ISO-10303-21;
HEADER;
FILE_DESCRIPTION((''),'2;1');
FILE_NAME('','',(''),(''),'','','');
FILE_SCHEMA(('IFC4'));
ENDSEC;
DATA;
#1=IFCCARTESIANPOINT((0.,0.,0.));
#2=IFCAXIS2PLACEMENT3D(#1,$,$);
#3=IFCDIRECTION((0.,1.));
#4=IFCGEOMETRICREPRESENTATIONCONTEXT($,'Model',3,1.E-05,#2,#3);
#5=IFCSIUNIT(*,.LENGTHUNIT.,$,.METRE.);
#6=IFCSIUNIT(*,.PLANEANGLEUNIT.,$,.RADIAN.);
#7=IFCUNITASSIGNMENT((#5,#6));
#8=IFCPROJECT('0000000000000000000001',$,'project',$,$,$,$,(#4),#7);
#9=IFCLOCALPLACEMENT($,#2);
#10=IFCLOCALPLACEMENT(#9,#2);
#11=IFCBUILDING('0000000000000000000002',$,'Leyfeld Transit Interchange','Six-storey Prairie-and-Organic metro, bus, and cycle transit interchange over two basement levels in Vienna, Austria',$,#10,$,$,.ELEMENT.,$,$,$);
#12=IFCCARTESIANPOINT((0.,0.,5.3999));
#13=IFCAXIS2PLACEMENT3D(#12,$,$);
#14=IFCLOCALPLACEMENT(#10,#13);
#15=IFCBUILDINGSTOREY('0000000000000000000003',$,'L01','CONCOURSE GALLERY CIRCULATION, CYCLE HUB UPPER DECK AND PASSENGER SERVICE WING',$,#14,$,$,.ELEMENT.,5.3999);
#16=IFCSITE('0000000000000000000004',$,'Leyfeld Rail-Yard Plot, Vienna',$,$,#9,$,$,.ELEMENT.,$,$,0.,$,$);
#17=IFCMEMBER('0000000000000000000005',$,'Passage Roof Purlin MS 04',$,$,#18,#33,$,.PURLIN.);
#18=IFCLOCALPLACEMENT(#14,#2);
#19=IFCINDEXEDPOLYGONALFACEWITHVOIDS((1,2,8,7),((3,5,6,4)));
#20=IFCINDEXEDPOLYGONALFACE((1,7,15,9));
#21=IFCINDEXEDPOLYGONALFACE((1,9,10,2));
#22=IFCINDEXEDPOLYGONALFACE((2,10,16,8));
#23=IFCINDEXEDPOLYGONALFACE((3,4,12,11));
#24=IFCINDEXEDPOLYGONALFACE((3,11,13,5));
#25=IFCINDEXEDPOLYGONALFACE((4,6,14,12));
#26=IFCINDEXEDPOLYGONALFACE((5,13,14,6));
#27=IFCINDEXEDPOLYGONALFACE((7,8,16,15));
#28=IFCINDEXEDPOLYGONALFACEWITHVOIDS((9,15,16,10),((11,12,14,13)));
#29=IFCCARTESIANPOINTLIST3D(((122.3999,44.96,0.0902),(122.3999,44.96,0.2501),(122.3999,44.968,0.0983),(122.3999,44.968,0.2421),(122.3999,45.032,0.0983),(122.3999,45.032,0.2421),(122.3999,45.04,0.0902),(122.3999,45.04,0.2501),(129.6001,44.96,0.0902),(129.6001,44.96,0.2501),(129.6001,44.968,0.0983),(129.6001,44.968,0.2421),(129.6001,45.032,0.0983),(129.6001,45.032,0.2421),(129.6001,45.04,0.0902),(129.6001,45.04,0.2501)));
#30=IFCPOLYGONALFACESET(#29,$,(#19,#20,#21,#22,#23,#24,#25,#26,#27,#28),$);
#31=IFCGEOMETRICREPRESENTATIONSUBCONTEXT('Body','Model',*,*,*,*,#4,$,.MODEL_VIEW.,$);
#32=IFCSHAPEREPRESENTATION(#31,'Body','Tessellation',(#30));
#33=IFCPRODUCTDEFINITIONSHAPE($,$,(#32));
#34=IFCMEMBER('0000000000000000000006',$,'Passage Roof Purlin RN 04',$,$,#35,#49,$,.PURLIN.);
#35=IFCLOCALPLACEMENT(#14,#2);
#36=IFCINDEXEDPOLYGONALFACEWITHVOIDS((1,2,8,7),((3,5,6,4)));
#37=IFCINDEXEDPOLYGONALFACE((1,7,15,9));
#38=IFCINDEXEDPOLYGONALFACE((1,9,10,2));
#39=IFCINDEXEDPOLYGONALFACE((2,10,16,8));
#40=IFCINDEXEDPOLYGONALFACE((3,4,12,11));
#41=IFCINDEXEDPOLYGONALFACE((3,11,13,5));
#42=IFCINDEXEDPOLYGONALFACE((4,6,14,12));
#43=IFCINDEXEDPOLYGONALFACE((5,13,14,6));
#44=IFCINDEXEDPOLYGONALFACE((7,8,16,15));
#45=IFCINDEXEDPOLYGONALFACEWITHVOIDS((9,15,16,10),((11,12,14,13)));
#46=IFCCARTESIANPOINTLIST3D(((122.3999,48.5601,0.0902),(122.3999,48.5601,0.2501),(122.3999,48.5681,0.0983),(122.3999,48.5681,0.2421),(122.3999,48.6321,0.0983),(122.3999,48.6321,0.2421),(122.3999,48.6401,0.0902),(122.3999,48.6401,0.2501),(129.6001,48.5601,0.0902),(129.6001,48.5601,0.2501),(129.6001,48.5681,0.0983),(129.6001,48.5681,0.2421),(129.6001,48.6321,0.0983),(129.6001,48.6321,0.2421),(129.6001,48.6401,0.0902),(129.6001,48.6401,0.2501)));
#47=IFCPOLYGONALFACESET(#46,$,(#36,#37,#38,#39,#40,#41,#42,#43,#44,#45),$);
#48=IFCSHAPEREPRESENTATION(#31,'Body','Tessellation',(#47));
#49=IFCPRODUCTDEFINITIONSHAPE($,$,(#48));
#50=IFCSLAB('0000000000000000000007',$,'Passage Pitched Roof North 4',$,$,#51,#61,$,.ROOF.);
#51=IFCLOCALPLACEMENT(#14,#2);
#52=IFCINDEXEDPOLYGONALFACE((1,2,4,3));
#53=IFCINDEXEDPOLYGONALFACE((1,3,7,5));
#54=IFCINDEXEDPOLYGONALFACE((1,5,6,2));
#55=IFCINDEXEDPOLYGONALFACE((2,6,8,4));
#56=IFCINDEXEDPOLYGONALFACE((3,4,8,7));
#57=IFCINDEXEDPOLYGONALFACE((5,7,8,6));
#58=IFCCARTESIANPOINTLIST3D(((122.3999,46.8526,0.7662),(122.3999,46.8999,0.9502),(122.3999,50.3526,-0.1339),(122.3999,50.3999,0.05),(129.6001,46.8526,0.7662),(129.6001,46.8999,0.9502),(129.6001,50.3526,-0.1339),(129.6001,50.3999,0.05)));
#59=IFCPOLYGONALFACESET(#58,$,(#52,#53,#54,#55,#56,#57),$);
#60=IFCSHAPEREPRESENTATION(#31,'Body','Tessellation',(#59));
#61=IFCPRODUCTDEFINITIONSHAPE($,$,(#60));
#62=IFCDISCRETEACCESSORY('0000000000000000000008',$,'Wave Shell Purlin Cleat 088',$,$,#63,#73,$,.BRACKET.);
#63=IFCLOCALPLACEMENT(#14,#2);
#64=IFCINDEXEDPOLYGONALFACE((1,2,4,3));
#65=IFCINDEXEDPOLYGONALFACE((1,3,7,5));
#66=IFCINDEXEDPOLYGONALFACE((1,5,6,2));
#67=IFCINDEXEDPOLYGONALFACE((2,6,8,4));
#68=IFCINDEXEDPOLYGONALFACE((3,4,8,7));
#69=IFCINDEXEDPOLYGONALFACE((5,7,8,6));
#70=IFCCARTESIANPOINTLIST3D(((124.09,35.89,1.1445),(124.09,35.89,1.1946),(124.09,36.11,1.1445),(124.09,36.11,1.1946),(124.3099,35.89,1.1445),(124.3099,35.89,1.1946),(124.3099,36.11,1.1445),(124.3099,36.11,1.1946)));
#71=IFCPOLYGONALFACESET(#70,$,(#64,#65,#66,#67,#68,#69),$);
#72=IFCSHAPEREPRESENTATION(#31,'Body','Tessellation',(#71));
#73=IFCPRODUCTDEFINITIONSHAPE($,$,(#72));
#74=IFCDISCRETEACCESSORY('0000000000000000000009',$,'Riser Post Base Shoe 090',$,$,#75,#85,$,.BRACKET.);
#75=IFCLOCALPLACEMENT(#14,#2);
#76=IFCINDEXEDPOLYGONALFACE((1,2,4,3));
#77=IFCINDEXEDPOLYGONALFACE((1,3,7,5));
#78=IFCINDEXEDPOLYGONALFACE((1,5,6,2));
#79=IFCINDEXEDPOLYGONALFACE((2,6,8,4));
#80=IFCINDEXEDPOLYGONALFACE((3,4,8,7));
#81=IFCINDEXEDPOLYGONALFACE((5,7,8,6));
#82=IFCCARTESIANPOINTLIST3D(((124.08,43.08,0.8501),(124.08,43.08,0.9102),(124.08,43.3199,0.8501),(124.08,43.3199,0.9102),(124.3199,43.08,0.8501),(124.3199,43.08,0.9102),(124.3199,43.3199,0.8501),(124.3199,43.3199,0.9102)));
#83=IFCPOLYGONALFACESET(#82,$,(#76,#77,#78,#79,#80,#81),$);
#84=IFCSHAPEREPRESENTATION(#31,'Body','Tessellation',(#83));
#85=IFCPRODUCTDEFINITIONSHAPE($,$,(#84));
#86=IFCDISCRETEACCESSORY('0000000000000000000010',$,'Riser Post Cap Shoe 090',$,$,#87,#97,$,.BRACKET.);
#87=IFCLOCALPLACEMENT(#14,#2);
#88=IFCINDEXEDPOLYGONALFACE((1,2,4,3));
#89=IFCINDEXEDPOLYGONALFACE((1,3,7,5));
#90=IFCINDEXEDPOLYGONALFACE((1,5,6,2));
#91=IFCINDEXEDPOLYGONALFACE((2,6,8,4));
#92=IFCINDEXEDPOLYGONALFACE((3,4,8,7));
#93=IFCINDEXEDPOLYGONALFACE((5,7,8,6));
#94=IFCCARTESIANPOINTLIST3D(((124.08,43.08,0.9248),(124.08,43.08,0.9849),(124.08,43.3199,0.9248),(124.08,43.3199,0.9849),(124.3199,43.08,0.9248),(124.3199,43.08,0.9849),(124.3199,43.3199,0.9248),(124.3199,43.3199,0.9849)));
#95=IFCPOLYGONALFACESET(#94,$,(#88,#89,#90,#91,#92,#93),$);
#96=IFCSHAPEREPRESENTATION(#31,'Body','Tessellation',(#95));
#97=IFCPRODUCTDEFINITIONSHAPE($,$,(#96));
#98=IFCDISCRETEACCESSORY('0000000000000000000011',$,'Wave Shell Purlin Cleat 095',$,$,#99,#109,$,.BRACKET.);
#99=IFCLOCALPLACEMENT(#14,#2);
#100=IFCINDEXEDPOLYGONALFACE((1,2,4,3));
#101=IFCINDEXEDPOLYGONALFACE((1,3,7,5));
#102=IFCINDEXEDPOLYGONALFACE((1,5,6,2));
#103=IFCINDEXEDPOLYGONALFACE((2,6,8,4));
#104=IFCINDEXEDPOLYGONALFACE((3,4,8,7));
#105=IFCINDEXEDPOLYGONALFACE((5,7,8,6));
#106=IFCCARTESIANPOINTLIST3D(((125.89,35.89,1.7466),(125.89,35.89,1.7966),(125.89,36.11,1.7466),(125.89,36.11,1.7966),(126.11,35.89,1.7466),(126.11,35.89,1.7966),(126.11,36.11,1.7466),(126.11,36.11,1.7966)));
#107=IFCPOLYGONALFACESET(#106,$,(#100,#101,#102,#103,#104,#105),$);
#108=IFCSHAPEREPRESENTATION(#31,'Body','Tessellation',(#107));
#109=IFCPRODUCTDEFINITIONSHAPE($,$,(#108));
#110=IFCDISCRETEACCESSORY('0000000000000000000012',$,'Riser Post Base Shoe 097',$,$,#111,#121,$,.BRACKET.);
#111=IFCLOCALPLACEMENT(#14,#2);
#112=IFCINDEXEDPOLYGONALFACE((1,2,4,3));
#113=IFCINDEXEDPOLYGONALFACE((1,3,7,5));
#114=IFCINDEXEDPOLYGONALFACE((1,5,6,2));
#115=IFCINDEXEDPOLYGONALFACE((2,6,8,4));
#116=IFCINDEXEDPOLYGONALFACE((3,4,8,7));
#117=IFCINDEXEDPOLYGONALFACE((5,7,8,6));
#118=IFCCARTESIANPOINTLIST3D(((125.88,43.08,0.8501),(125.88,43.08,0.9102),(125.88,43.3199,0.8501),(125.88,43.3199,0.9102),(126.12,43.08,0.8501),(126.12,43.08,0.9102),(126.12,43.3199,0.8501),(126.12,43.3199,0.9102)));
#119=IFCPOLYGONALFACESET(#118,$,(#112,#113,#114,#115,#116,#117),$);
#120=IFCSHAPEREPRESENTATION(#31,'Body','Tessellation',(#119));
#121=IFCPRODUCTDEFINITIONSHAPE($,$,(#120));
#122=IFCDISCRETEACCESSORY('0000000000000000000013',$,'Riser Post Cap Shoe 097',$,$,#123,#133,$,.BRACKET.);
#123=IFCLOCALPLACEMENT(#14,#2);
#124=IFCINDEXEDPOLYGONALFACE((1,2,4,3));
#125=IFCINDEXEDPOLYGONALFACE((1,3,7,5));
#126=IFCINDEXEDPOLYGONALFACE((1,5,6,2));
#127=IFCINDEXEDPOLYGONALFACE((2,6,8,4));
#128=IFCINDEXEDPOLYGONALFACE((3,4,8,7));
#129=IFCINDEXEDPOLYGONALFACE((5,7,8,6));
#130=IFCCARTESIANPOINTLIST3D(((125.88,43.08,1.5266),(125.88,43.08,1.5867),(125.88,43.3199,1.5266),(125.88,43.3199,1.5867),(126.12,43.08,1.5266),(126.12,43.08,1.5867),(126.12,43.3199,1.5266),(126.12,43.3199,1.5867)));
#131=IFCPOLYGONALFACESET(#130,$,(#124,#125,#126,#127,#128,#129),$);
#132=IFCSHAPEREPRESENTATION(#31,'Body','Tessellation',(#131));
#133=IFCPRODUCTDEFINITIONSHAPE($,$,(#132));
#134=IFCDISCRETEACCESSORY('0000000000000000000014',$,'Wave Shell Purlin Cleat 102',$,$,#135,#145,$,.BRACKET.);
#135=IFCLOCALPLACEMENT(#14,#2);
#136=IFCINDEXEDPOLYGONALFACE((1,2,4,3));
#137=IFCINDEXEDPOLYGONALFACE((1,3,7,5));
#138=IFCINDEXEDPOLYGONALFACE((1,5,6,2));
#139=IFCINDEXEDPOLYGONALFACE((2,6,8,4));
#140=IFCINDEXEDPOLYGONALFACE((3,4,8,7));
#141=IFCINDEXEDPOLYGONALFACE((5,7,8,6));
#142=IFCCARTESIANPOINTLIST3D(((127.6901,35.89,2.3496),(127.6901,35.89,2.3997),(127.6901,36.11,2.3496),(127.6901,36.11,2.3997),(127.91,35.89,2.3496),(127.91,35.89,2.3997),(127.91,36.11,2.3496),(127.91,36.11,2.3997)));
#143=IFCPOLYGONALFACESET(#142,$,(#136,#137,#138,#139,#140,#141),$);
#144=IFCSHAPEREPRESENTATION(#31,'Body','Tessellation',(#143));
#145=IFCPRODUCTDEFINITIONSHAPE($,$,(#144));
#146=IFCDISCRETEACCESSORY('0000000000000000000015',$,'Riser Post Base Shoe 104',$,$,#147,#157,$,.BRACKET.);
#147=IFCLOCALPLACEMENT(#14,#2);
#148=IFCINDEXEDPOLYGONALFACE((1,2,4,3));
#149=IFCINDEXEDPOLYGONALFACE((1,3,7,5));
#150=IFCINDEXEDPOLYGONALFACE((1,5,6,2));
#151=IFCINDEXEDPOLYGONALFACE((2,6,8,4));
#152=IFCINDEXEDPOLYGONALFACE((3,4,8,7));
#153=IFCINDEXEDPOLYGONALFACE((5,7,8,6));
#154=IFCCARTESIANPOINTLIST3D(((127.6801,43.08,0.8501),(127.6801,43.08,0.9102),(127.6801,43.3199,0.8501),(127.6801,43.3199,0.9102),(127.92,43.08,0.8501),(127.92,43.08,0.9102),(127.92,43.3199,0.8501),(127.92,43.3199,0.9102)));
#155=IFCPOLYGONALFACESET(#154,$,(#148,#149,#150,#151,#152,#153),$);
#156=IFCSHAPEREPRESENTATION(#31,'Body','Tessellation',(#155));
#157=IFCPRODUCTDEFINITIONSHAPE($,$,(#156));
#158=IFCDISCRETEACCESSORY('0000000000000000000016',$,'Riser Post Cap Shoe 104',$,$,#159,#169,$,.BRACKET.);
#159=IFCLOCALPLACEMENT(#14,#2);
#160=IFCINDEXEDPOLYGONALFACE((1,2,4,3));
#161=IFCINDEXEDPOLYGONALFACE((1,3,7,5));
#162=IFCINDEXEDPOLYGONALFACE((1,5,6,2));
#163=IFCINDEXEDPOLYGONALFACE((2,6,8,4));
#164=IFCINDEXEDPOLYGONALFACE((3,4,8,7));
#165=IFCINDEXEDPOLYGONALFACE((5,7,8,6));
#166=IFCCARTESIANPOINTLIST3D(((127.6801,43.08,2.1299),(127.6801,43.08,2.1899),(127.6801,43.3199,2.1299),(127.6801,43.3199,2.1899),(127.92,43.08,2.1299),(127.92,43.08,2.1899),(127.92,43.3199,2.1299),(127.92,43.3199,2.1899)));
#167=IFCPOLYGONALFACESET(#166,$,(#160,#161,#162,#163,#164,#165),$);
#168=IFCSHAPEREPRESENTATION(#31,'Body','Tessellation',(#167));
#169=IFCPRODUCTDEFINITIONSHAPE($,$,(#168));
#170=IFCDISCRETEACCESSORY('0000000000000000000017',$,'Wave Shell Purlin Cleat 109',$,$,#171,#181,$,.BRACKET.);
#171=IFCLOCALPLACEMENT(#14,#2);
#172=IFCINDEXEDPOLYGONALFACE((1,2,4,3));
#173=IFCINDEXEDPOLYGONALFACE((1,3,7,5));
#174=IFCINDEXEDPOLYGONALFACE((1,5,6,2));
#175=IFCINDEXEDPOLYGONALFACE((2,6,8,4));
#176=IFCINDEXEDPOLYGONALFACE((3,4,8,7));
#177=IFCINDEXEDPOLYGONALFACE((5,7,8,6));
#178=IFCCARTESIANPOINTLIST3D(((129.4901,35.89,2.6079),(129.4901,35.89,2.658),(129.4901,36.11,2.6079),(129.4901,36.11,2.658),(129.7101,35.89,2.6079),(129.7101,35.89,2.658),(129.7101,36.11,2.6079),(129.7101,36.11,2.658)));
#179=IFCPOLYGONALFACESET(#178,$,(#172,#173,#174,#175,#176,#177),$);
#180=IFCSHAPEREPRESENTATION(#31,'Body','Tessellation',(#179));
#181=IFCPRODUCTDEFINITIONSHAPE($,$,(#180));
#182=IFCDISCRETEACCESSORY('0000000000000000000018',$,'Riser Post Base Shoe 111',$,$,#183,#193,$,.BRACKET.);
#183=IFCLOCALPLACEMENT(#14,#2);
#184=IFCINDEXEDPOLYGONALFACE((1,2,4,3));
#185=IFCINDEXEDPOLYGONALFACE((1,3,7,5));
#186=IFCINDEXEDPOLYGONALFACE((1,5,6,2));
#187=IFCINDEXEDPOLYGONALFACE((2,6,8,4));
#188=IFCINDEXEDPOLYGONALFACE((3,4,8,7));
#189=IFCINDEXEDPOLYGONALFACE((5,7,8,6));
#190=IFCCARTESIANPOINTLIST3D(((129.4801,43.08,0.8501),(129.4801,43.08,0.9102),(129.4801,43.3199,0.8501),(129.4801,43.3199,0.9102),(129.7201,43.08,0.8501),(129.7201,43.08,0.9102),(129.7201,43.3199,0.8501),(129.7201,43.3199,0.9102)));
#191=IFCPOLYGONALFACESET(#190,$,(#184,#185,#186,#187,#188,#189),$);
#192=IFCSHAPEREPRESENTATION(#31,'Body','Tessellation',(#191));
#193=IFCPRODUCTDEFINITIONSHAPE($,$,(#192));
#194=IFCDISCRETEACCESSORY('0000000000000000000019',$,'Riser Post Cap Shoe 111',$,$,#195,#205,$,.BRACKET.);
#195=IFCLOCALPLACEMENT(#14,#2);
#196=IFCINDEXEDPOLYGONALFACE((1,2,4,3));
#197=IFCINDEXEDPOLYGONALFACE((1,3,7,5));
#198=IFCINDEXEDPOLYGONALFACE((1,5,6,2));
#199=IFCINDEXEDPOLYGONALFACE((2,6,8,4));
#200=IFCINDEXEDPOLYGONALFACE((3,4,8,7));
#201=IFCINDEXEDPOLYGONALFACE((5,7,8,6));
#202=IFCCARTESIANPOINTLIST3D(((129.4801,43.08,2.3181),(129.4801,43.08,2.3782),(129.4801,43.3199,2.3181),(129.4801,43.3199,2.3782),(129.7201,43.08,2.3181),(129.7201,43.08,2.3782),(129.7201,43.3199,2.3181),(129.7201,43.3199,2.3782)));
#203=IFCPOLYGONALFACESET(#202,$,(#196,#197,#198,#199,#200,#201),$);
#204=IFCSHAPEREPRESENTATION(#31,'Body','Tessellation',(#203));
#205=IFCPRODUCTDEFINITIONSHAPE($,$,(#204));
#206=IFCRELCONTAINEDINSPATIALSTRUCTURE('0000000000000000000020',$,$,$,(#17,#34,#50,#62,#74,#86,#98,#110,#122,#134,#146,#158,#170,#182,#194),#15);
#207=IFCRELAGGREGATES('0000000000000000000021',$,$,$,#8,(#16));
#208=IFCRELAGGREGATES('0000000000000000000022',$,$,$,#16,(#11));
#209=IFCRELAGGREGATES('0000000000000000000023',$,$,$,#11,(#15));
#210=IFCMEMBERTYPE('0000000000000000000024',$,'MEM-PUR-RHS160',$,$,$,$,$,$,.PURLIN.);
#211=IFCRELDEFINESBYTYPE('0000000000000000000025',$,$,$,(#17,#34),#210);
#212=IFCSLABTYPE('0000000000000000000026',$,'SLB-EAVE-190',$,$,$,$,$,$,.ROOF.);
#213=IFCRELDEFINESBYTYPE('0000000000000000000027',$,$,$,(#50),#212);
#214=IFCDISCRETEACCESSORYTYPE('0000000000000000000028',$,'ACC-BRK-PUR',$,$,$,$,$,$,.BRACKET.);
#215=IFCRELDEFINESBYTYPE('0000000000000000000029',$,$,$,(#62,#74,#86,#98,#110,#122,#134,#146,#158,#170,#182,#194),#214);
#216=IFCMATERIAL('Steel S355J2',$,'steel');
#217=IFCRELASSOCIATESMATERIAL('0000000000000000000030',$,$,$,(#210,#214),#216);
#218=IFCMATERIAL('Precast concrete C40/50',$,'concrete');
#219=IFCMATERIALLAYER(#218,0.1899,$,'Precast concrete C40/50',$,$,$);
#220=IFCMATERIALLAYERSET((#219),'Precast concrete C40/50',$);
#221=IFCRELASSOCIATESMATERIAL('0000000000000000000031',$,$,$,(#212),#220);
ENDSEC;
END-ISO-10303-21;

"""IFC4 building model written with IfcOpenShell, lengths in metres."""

from ifc_helpers import new_model, si_unit, direction, frame, origin, origin_2d, place, context, subcontext, project, spatial, polyline, rectangle, hollow_rectangle, outline, extrude, material, layer, layer_set, material_profile, profile_set, type_object, element, save


model = new_model("IFC4")

# Units and contexts
model_context = context("Model", 3, precision=1e-05, world=origin(), true_north=direction((0.0, 1.0)))
body_context = subcontext(model_context, "Body", "Model", "MODEL_VIEW")
ifc_project = project(units=[si_unit("LENGTHUNIT", "METRE"), si_unit("PLANEANGLEUNIT", "RADIAN")], contexts=[model_context])

# Site, building, storey
site_placement = place(None, origin())
site = spatial("IfcSite", under=ifc_project, at=site_placement, Name="Leyfeld Rail-Yard Plot, Vienna", CompositionType="ELEMENT", RefElevation=0.0)
building_placement = place(site_placement, origin())
building = spatial("IfcBuilding", under=site, at=building_placement, Name="Leyfeld Transit Interchange", Description="Six-storey Prairie-and-Organic metro, bus, and cycle transit interchange over two basement levels in Vienna, Austria", CompositionType="ELEMENT")
storey_placement = place(building_placement, frame((0.0, 0.0, 5.3999)))
storey = spatial("IfcBuildingStorey", under=building, at=storey_placement, Name="L01", Description="CONCOURSE GALLERY CIRCULATION, CYCLE HUB UPPER DECK AND PASSENGER SERVICE WING", CompositionType="ELEMENT", Elevation=5.3999)

# Shared definitions
ifc_material_1 = material(Name="Steel S355J2", Category="steel")

# Members
ifc_material_profile_1 = material_profile(ifc_material_1, hollow_rectangle(XDim=0.0801, YDim=0.1599, WallThickness=0.0081, at=origin_2d()), Name="RHS 160x80x8")
ifc_profile_set_1 = profile_set([ifc_material_profile_1], Name="Steel S355J2")
member_type_1 = type_object("IfcMemberType", Name="MEM-PUR-RHS160", PredefinedType="PURLIN", material=ifc_profile_set_1)
for number, where, z_axis, x_axis, name in (
    (1, (122.3999, 45.0, 0.1702), (1.0, 0.0, 0.0), (0.0, 1.0, 0.0), "Passage Roof Purlin MS 04"),
    (2, (122.3999, 48.6001, 0.1702), (1.0, 0.0, 0.0), (0.0, 1.0, 0.0), "Passage Roof Purlin RN 04"),
):
    element("IfcMember", number, at=place(storey_placement, frame(where, z_axis=z_axis, x_axis=x_axis)), inside=storey, type_object=member_type_1, Name=name, PredefinedType="PURLIN", context=body_context, shape_type="SweptSolid", body=[
        extrude(hollow_rectangle(XDim=0.0801, YDim=0.1599, WallThickness=0.0081, at=origin_2d()), origin(), (0.0, 0.0, 1.0), 7.2002),
    ])

# Slab
ifc_material_2 = material(Name="Precast concrete C40/50", Category="concrete")
ifc_layer = layer(ifc_material_2, 0.1899, Name="Precast concrete C40/50")
ifc_layer_set = layer_set([ifc_layer], Name="Precast concrete C40/50")
slab_type = type_object("IfcSlabType", Name="SLB-EAVE-190", PredefinedType="ROOF", material=ifc_layer_set)
slab_placement = place(storey_placement, frame((122.3999, 46.8999, 0.9502), z_axis=(0.0, 0.249079, 0.968483), x_axis=(1.0, 0.0, 0.0)))
element("IfcSlab", 3, at=slab_placement, inside=storey, type_object=slab_type, Name="Passage Pitched Roof North 4", PredefinedType="ROOF", context=body_context, shape_type="SweptSolid", body=[
    extrude(outline(polyline([(0.0, 0.0), (7.2002, 0.0), (7.2002, 3.6139), (0.0, 3.6139), (0.0, 0.0)])), origin(), (0.0, 0.0, -1.0), 0.1899),
])

# Discrete accessories
discrete_accessory_type = type_object("IfcDiscreteAccessoryType", Name="ACC-BRK-PUR", PredefinedType="BRACKET", material=ifc_material_1)
discrete_accessory_1_placement = place(storey_placement, frame((124.2, 36.0, 1.1445), z_axis=(0.0, 0.0, 1.0), x_axis=(1.0, 0.0, 0.0)))
element("IfcDiscreteAccessory", 4, at=discrete_accessory_1_placement, inside=storey, type_object=discrete_accessory_type, Name="Wave Shell Purlin Cleat 088", PredefinedType="BRACKET", context=body_context, shape_type="SweptSolid", body=[
    extrude(rectangle(XDim=0.22, YDim=0.22, at=origin_2d()), origin(), (0.0, 0.0, 1.0), 0.05),
])
for number, where, z_axis, x_axis, name in (
    (5, (124.2, 43.2, 0.8501), (0.0, 0.0, 1.0), (1.0, 0.0, 0.0), "Riser Post Base Shoe 090"),
    (6, (124.2, 43.2, 0.9248), (0.0, 0.0, 1.0), (1.0, 0.0, 0.0), "Riser Post Cap Shoe 090"),
):
    element("IfcDiscreteAccessory", number, at=place(storey_placement, frame(where, z_axis=z_axis, x_axis=x_axis)), inside=storey, type_object=discrete_accessory_type, Name=name, PredefinedType="BRACKET", context=body_context, shape_type="SweptSolid", body=[
        extrude(rectangle(XDim=0.24, YDim=0.24, at=origin_2d()), origin(), (0.0, 0.0, 1.0), 0.0601),
    ])
discrete_accessory_2_placement = place(storey_placement, frame((126.0, 36.0, 1.7466), z_axis=(0.0, 0.0, 1.0), x_axis=(1.0, 0.0, 0.0)))
element("IfcDiscreteAccessory", 7, at=discrete_accessory_2_placement, inside=storey, type_object=discrete_accessory_type, Name="Wave Shell Purlin Cleat 095", PredefinedType="BRACKET", context=body_context, shape_type="SweptSolid", body=[
    extrude(rectangle(XDim=0.22, YDim=0.22, at=origin_2d()), origin(), (0.0, 0.0, 1.0), 0.05),
])
for number, where, z_axis, x_axis, name in (
    (8, (126.0, 43.2, 0.8501), (0.0, 0.0, 1.0), (1.0, 0.0, 0.0), "Riser Post Base Shoe 097"),
    (9, (126.0, 43.2, 1.5266), (0.0, 0.0, 1.0), (1.0, 0.0, 0.0), "Riser Post Cap Shoe 097"),
):
    element("IfcDiscreteAccessory", number, at=place(storey_placement, frame(where, z_axis=z_axis, x_axis=x_axis)), inside=storey, type_object=discrete_accessory_type, Name=name, PredefinedType="BRACKET", context=body_context, shape_type="SweptSolid", body=[
        extrude(rectangle(XDim=0.24, YDim=0.24, at=origin_2d()), origin(), (0.0, 0.0, 1.0), 0.0601),
    ])
discrete_accessory_3_placement = place(storey_placement, frame((127.8, 36.0, 2.3496), z_axis=(0.0, 0.0, 1.0), x_axis=(1.0, 0.0, 0.0)))
element("IfcDiscreteAccessory", 10, at=discrete_accessory_3_placement, inside=storey, type_object=discrete_accessory_type, Name="Wave Shell Purlin Cleat 102", PredefinedType="BRACKET", context=body_context, shape_type="SweptSolid", body=[
    extrude(rectangle(XDim=0.22, YDim=0.22, at=origin_2d()), origin(), (0.0, 0.0, 1.0), 0.05),
])
for number, where, z_axis, x_axis, name in (
    (11, (127.8, 43.2, 0.8501), (0.0, 0.0, 1.0), (1.0, 0.0, 0.0), "Riser Post Base Shoe 104"),
    (12, (127.8, 43.2, 2.1299), (0.0, 0.0, 1.0), (1.0, 0.0, 0.0), "Riser Post Cap Shoe 104"),
):
    element("IfcDiscreteAccessory", number, at=place(storey_placement, frame(where, z_axis=z_axis, x_axis=x_axis)), inside=storey, type_object=discrete_accessory_type, Name=name, PredefinedType="BRACKET", context=body_context, shape_type="SweptSolid", body=[
        extrude(rectangle(XDim=0.24, YDim=0.24, at=origin_2d()), origin(), (0.0, 0.0, 1.0), 0.0601),
    ])
discrete_accessory_4_placement = place(storey_placement, frame((129.6001, 36.0, 2.6079), z_axis=(0.0, 0.0, 1.0), x_axis=(1.0, 0.0, 0.0)))
element("IfcDiscreteAccessory", 13, at=discrete_accessory_4_placement, inside=storey, type_object=discrete_accessory_type, Name="Wave Shell Purlin Cleat 109", PredefinedType="BRACKET", context=body_context, shape_type="SweptSolid", body=[
    extrude(rectangle(XDim=0.22, YDim=0.22, at=origin_2d()), origin(), (0.0, 0.0, 1.0), 0.05),
])
for number, where, z_axis, x_axis, name in (
    (14, (129.6001, 43.2, 0.8501), (0.0, 0.0, 1.0), (1.0, 0.0, 0.0), "Riser Post Base Shoe 111"),
    (15, (129.6001, 43.2, 2.3181), (0.0, 0.0, 1.0), (1.0, 0.0, 0.0), "Riser Post Cap Shoe 111"),
):
    element("IfcDiscreteAccessory", number, at=place(storey_placement, frame(where, z_axis=z_axis, x_axis=x_axis)), inside=storey, type_object=discrete_accessory_type, Name=name, PredefinedType="BRACKET", context=body_context, shape_type="SweptSolid", body=[
        extrude(rectangle(XDim=0.24, YDim=0.24, at=origin_2d()), origin(), (0.0, 0.0, 1.0), 0.0601),
    ])

save(model, "model.ifc")
